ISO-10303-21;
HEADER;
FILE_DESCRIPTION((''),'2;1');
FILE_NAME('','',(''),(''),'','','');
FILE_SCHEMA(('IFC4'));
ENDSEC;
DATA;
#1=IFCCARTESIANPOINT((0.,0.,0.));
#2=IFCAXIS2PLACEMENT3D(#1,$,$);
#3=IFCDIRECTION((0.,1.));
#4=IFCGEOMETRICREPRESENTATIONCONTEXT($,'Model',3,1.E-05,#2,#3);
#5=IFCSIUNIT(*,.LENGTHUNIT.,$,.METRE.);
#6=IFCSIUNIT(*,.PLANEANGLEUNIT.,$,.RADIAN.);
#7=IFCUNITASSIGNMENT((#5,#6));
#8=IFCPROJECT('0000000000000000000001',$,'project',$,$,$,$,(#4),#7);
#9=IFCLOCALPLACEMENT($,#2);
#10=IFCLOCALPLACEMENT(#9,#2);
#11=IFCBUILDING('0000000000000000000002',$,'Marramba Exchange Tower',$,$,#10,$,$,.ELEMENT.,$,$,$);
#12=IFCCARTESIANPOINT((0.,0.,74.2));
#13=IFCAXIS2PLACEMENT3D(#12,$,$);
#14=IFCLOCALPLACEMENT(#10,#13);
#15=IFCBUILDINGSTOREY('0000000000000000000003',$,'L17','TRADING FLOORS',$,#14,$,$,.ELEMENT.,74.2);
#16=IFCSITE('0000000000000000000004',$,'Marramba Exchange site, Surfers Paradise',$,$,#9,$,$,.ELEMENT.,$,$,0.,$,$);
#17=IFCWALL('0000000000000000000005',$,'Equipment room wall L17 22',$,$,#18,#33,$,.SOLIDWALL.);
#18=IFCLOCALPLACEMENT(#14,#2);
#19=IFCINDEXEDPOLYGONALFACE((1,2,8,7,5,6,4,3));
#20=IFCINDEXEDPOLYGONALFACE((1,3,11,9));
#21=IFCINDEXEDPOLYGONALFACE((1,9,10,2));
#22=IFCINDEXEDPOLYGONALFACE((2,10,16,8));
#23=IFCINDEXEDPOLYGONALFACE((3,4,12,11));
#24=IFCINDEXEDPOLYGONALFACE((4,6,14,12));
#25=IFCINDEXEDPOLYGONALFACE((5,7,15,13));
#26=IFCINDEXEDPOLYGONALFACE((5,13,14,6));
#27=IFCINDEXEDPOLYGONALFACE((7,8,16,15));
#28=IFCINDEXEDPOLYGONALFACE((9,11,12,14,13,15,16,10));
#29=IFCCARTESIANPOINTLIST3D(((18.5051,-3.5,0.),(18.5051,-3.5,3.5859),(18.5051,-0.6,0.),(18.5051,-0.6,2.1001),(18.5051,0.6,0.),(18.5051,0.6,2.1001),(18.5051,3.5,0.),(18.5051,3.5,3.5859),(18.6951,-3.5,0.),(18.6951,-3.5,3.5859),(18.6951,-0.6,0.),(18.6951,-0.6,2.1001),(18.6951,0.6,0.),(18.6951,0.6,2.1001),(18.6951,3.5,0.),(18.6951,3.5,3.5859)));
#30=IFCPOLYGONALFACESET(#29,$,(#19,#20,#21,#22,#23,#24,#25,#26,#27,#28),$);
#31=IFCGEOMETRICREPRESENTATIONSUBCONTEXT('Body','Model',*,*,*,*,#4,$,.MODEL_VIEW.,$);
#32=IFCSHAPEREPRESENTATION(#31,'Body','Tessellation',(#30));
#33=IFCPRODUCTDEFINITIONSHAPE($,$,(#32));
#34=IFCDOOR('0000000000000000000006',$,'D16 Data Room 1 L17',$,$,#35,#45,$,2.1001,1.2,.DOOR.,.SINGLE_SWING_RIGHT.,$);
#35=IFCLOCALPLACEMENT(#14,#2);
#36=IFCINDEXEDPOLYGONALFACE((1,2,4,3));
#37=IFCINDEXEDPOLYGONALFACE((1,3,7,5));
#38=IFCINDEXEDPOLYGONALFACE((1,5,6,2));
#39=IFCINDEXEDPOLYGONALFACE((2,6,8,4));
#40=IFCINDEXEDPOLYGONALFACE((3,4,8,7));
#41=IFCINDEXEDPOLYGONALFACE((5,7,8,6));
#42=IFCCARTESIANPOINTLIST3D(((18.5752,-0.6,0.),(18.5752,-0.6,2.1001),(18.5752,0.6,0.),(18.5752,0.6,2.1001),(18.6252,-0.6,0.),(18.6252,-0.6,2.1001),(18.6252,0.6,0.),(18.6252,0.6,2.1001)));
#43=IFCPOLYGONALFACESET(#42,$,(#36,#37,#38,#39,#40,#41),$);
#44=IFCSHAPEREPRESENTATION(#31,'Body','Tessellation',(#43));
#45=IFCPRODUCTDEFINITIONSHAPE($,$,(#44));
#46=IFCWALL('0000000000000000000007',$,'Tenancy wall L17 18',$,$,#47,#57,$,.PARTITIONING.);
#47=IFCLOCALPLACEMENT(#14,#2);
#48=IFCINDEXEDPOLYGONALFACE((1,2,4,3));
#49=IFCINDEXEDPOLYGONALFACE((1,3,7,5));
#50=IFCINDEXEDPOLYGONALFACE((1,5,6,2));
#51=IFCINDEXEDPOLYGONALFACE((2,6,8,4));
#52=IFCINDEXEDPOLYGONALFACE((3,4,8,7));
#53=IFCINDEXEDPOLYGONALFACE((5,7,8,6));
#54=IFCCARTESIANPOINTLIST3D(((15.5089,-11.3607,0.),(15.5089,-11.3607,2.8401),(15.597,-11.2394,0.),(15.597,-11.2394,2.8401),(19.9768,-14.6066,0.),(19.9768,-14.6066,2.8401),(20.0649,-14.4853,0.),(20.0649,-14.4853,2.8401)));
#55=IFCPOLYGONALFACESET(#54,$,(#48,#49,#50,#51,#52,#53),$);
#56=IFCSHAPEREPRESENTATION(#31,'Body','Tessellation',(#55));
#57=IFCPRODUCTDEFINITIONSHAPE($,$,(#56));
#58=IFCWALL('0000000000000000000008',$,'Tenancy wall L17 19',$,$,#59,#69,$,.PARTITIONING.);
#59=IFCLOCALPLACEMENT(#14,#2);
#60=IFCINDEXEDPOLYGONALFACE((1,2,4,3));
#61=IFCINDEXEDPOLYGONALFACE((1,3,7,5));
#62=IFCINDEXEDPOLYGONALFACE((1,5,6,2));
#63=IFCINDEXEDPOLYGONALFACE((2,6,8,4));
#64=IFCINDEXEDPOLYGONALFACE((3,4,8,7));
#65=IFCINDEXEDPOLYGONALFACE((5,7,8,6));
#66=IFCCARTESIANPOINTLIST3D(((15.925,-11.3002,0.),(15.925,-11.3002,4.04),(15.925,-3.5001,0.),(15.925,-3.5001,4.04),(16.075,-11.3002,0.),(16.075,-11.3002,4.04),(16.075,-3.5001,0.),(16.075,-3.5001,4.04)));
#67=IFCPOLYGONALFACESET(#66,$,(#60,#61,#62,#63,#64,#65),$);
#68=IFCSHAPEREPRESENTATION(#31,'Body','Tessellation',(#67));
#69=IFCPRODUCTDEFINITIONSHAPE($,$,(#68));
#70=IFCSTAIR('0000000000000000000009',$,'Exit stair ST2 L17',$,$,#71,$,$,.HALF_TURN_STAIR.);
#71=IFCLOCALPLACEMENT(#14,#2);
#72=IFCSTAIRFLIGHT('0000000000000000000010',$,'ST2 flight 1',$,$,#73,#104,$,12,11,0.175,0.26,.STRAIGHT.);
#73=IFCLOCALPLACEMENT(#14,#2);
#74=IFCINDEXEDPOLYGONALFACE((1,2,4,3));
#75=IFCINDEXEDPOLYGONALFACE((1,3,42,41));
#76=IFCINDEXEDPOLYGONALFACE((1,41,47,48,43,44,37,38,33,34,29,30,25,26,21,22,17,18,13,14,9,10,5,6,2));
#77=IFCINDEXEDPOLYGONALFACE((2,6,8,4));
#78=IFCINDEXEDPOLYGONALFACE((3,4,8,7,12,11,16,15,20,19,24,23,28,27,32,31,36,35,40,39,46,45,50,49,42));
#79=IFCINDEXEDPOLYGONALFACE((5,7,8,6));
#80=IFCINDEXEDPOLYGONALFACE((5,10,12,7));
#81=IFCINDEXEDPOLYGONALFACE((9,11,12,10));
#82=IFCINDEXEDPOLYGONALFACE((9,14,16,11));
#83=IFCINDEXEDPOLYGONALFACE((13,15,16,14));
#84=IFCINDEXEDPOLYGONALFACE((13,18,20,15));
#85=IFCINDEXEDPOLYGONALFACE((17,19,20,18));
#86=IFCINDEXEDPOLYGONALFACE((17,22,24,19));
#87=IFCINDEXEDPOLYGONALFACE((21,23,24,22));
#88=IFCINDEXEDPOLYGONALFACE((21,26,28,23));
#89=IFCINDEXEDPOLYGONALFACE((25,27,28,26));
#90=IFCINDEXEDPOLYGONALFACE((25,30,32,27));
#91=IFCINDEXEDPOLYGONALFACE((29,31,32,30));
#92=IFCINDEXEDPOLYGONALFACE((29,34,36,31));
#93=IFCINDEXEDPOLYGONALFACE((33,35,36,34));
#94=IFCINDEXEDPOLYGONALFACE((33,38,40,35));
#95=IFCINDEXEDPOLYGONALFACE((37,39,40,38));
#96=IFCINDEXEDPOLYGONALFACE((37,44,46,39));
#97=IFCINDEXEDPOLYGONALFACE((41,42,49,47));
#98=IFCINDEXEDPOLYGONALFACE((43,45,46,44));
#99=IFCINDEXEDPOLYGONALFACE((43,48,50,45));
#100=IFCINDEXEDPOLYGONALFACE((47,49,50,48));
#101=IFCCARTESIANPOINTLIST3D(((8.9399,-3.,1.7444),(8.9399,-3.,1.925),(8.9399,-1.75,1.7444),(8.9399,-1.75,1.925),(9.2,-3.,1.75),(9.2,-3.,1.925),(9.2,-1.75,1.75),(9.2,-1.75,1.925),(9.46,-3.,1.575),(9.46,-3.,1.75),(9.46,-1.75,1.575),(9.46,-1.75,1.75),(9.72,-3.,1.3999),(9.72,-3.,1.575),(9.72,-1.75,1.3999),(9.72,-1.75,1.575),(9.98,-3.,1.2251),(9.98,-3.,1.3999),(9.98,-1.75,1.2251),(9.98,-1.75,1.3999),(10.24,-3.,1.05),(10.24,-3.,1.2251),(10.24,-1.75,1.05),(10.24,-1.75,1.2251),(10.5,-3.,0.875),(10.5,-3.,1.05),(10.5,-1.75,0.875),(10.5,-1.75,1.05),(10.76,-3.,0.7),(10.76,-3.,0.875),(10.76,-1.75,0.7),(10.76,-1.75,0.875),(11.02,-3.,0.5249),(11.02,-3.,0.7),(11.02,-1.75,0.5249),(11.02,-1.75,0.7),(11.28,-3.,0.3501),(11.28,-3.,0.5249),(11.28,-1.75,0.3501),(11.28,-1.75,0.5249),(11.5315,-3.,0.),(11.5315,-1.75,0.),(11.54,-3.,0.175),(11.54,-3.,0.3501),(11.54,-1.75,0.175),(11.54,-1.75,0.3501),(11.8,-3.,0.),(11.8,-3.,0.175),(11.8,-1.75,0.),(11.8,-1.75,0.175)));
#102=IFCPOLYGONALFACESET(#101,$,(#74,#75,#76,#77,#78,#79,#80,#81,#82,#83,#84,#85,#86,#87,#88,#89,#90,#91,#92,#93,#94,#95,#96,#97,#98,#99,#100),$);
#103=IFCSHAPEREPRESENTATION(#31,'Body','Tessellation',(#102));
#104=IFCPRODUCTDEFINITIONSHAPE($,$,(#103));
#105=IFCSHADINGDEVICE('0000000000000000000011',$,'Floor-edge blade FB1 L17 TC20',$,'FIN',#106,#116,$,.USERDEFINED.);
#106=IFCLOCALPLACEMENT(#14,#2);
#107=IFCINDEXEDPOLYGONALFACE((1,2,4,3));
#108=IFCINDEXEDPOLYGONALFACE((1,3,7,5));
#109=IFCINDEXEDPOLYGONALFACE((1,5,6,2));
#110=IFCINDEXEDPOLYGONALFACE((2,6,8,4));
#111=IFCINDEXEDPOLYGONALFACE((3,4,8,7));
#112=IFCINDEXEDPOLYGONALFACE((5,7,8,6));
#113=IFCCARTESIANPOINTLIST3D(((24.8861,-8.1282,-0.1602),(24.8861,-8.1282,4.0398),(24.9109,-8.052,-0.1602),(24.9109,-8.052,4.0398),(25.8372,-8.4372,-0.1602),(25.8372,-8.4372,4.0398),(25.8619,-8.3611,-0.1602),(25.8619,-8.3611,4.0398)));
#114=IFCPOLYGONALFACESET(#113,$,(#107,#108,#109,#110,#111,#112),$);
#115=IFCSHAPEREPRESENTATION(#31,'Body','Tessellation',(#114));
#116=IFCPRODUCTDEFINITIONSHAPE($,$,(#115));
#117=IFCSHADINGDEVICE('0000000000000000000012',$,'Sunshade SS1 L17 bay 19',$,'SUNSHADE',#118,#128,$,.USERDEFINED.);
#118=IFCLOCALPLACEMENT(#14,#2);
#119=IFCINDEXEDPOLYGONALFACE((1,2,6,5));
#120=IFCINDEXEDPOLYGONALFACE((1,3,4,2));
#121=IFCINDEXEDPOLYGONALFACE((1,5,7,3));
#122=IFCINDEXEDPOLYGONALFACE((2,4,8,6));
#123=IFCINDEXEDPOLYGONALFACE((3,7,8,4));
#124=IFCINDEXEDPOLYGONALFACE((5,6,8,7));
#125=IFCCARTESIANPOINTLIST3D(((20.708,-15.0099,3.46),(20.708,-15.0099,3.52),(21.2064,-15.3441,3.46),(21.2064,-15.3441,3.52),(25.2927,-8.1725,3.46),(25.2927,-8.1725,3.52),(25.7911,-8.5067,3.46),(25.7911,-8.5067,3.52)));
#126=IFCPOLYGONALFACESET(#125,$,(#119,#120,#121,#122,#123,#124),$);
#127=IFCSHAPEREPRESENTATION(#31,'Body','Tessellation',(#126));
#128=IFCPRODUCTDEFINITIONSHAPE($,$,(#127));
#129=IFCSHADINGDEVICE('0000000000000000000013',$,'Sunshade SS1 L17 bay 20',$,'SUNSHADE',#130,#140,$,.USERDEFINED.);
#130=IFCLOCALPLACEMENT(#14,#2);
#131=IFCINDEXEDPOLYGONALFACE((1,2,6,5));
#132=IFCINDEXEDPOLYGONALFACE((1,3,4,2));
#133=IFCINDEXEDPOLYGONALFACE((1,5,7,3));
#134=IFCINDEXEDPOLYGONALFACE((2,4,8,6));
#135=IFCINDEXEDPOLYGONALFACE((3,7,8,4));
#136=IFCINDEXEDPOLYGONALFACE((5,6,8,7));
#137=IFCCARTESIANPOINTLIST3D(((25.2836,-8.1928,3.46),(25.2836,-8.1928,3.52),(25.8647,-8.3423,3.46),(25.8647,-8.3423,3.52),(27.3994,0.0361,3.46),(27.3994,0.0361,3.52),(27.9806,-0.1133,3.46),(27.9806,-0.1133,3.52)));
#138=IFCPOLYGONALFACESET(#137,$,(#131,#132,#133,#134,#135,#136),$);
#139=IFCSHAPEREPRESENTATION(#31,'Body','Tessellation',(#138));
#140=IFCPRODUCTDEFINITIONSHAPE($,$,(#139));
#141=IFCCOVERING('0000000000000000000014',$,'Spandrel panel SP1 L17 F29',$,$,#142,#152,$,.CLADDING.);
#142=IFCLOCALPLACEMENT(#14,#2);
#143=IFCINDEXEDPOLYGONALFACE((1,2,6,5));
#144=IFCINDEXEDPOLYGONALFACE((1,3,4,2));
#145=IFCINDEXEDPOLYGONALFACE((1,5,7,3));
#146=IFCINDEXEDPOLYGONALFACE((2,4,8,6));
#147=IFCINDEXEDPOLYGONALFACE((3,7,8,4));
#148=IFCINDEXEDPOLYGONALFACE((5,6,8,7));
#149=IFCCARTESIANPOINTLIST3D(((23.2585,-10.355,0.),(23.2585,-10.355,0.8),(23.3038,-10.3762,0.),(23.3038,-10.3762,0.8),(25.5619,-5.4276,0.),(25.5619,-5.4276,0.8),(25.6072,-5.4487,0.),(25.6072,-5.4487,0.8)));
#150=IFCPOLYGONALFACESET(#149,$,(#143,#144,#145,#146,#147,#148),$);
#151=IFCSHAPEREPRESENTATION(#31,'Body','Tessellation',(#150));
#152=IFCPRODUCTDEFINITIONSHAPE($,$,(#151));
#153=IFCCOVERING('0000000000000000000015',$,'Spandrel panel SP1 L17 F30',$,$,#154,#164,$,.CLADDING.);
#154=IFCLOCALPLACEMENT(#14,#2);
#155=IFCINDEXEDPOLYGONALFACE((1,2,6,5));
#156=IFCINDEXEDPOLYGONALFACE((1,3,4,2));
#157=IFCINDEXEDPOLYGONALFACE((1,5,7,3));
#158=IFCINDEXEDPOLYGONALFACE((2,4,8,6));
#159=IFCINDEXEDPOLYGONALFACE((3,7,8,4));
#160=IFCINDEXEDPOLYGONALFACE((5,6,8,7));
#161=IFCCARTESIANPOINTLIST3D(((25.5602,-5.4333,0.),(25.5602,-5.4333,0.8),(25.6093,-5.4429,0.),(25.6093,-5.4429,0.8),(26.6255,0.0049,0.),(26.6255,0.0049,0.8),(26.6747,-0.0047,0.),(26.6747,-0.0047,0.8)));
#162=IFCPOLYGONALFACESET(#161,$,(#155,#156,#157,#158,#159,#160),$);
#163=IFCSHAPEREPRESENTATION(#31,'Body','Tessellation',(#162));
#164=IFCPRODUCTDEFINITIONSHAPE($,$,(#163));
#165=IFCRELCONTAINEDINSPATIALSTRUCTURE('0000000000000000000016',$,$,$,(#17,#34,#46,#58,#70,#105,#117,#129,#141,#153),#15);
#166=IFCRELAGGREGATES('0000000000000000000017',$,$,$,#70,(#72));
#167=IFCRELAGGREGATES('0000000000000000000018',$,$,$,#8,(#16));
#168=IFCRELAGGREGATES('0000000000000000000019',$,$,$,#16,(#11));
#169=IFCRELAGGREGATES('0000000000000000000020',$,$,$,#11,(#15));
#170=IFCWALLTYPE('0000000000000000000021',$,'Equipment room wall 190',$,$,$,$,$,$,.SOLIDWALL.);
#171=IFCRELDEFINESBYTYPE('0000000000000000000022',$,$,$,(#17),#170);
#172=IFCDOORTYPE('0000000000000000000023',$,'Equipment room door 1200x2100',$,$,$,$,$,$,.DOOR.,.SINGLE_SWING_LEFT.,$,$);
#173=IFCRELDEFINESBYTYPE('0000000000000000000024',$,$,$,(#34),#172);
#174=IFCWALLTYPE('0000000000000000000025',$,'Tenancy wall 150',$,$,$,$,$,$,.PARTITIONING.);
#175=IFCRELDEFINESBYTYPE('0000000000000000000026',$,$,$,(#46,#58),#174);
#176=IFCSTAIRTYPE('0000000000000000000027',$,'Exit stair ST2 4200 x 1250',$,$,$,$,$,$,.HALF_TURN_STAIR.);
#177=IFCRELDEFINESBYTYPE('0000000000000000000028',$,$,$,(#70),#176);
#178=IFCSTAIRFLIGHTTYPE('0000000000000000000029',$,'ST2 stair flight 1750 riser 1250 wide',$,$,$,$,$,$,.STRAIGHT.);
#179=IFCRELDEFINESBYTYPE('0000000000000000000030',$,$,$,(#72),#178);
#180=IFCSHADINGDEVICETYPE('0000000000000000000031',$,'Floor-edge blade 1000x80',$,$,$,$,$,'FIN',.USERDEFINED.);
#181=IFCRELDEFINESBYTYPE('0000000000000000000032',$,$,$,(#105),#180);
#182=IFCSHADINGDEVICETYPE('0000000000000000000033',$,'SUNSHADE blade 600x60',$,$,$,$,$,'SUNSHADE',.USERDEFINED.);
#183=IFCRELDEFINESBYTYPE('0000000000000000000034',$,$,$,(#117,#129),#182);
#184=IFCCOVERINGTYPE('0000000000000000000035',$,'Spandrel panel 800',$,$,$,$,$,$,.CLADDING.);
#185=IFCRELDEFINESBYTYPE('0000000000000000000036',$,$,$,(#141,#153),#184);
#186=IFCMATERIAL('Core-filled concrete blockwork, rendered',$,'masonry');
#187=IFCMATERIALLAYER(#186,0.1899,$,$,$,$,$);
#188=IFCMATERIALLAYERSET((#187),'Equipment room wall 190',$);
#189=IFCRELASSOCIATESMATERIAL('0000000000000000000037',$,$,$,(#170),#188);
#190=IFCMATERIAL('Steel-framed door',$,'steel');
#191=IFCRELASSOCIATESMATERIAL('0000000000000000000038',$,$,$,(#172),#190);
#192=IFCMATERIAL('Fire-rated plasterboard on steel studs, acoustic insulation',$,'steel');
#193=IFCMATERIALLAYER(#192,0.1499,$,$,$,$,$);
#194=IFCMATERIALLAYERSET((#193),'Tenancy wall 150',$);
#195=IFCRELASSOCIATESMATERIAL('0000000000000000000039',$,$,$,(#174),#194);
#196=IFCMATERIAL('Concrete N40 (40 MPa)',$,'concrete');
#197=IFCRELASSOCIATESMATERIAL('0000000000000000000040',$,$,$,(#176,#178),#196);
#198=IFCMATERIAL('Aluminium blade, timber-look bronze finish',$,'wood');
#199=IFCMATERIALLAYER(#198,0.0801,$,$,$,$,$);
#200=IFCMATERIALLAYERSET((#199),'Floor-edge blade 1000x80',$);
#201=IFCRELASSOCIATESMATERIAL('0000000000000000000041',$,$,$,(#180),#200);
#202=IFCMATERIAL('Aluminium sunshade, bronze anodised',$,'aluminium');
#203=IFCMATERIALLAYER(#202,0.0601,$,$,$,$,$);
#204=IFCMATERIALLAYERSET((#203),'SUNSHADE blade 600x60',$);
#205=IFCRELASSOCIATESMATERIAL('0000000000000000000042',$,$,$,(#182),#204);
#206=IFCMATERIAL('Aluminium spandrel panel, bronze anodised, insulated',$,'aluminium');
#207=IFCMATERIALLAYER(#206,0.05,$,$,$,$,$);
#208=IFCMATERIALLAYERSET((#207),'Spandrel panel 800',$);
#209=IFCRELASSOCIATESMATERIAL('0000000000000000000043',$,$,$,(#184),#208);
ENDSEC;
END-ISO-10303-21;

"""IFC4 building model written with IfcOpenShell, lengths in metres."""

from ifc_helpers import new_model, si_unit, direction, frame, frame_2d, origin, origin_2d, place, context, subcontext, project, spatial, polyline, rectangle, outline, extrude, material, layer, layer_set, type_object, element, fill, aggregate, save


model = new_model("IFC4")

# Units and contexts
model_context = context("Model", 3, precision=1e-05, world=origin(), true_north=direction((0.0, 1.0)))
body_context = subcontext(model_context, "Body", "Model", "MODEL_VIEW")
ifc_project = project(units=[si_unit("LENGTHUNIT", "METRE"), si_unit("PLANEANGLEUNIT", "RADIAN")], contexts=[model_context])

# Site, building, storey
site_placement = place(None, origin())
site = spatial("IfcSite", under=ifc_project, at=site_placement, Name="Marramba Exchange site, Surfers Paradise", CompositionType="ELEMENT", RefElevation=0.0)
building_placement = place(site_placement, origin())
building = spatial("IfcBuilding", under=site, at=building_placement, Name="Marramba Exchange Tower", CompositionType="ELEMENT")
storey_placement = place(building_placement, frame((0.0, 0.0, 74.2)))
storey = spatial("IfcBuildingStorey", under=building, at=storey_placement, Name="L17", Description="TRADING FLOORS", CompositionType="ELEMENT", Elevation=74.2)

# Shared definitions
ifc_material_1 = material(Name="Steel-framed door", Category="steel")

# Shared definitions
ifc_material_2 = material(Name="Core-filled concrete blockwork, rendered", Category="masonry")
ifc_layer_1 = layer(ifc_material_2, 0.1899)
ifc_layer_set_1 = layer_set([ifc_layer_1], Name="Equipment room wall 190")
wall_type_1 = type_object("IfcWallType", Name="Equipment room wall 190", PredefinedType="SOLIDWALL", material=ifc_layer_set_1)

# Wall, opening, door
wall_1_placement = place(storey_placement, frame((18.6001, -3.5, 0.0), z_axis=(0.0, 0.0, 1.0), x_axis=(0.0, 1.0, 0.0)))
wall_1 = element("IfcWall", 1, at=wall_1_placement, inside=storey, type_object=wall_type_1, Name="Equipment room wall L17 22", PredefinedType="SOLIDWALL", context=body_context, shape_type="SweptSolid", body=[
    extrude(rectangle(XDim=7.0, YDim=0.1899, at=frame_2d((3.5, 0.0))), origin(), (0.0, 0.0, 1.0), 3.5859),
])
opening_1_placement = place(wall_1_placement, frame((2.8999, 0.0, 0.0)))
opening_1 = element("IfcOpeningElement", 2, at=opening_1_placement, cuts=wall_1, PredefinedType="OPENING", context=body_context, shape_type="SweptSolid", body=[
    extrude(rectangle(XDim=1.2, YDim=2.1001, at=frame_2d((0.6001, 1.05))), frame((0.0, 0.105, 0.0), z_axis=(0.0, -1.0, 0.0), x_axis=(1.0, 0.0, 0.0)), (0.0, 0.0, 1.0), 0.21),
])
door_type_1 = type_object("IfcDoorType", Name="Equipment room door 1200x2100", OperationType="SINGLE_SWING_LEFT", PredefinedType="DOOR", material=ifc_material_1)
door_1_placement = place(opening_1_placement, origin())
door_1 = element("IfcDoor", 3, at=door_1_placement, inside=storey, type_object=door_type_1, Name="D16 Data Room 1 L17", OperationType="SINGLE_SWING_RIGHT", OverallHeight=2.1001, OverallWidth=1.2, PredefinedType="DOOR", context=body_context, shape_type="SweptSolid", body=[
    extrude(rectangle(XDim=1.2, YDim=2.1001, at=frame_2d((0.6001, 1.05))), frame((0.0, 0.0249, 0.0), z_axis=(0.0, -1.0, 0.0), x_axis=(1.0, 0.0, 0.0)), (0.0, 0.0, 1.0), 0.05),
])
fill(opening_1, door_1)

# Walls
ifc_material_3 = material(Name="Fire-rated plasterboard on steel studs, acoustic insulation", Category="steel")
ifc_layer_2 = layer(ifc_material_3, 0.1499)
ifc_layer_set_2 = layer_set([ifc_layer_2], Name="Tenancy wall 150")
wall_type_2 = type_object("IfcWallType", Name="Tenancy wall 150", PredefinedType="PARTITIONING", material=ifc_layer_set_2)
wall_2_placement = place(storey_placement, frame((15.553, -11.3, 0.0), z_axis=(0.0, 0.0, 1.0), x_axis=(0.809032, -0.587764, 0.0)))
element("IfcWall", 4, at=wall_2_placement, inside=storey, type_object=wall_type_2, Name="Tenancy wall L17 18", PredefinedType="PARTITIONING", context=body_context, shape_type="SweptSolid", body=[
    extrude(rectangle(XDim=5.5225, YDim=0.1499, at=frame_2d((2.7612, 0.0))), origin(), (0.0, 0.0, 1.0), 2.8401),
])
wall_3_placement = place(storey_placement, frame((16.0, -11.3, 0.0), z_axis=(0.0, 0.0, 1.0), x_axis=(0.0, 1.0, 0.0)))
element("IfcWall", 5, at=wall_3_placement, inside=storey, type_object=wall_type_2, Name="Tenancy wall L17 19", PredefinedType="PARTITIONING", context=body_context, shape_type="SweptSolid", body=[
    extrude(rectangle(XDim=7.8, YDim=0.1499, at=frame_2d((3.8999, 0.0))), origin(), (0.0, 0.0, 1.0), 4.04),
])

# Stair, stair flight
ifc_material_4 = material(Name="Concrete N40 (40 MPa)", Category="concrete")
stair_type = type_object("IfcStairType", Name="Exit stair ST2 4200 x 1250", PredefinedType="HALF_TURN_STAIR", material=ifc_material_4)
stair_placement = place(storey_placement, origin())
stair = element("IfcStair", 6, at=stair_placement, inside=storey, type_object=stair_type, Name="Exit stair ST2 L17", PredefinedType="HALF_TURN_STAIR")
stair_flight_type = type_object("IfcStairFlightType", Name="ST2 stair flight 1750 riser 1250 wide", PredefinedType="STRAIGHT", material=ifc_material_4)
stair_flight_placement = place(storey_placement, frame((11.8, -2.375, 0.0), z_axis=(0.0, 0.0, 1.0), x_axis=(-1.0, 0.0, 0.0)))
stair_flight = element("IfcStairFlight", 7, at=stair_flight_placement, type_object=stair_flight_type, Name="ST2 flight 1", NumberOfRisers=12, NumberOfTreads=11, PredefinedType="STRAIGHT", RiserHeight=0.175, TreadLength=0.26, context=body_context, shape_type="SweptSolid", body=[
    extrude(outline(polyline([(0.0, 0.0), (0.0, 0.175), (0.26, 0.175), (0.26, 0.3501), (0.52, 0.3501), (0.52, 0.5249), (0.78, 0.5249), (0.78, 0.7), (1.04, 0.7), (1.04, 0.875), (1.3, 0.875), (1.3, 1.05), (1.5601, 1.05), (1.5601, 1.2251), (1.8201, 1.2251), (1.8201, 1.3999), (2.0801, 1.3999), (2.0801, 1.575), (2.3401, 1.575), (2.3401, 1.75), (2.6001, 1.75), (2.6001, 1.925), (2.8601, 1.925), (2.8601, 2.1001), (2.8601, 1.7444), (0.2686, 0.0), (0.0, 0.0)])), frame((0.0, 0.625, 0.0), z_axis=(0.0, -1.0, 0.0), x_axis=(1.0, 0.0, 0.0)), (0.0, 0.0, 1.0), 1.25),
])
aggregate(stair, [stair_flight])

# Shading devices
ifc_material_5 = material(Name="Aluminium blade, timber-look bronze finish", Category="wood")
ifc_layer_3 = layer(ifc_material_5, 0.0801)
ifc_layer_set_3 = layer_set([ifc_layer_3], Name="Floor-edge blade 1000x80")
shading_device_type_1 = type_object("IfcShadingDeviceType", Name="Floor-edge blade 1000x80", ElementType="FIN", PredefinedType="USERDEFINED", material=ifc_layer_set_3)
shading_device_1_placement = place(storey_placement, frame((25.374, -8.2446, -0.1602), z_axis=(0.0, 0.0, 1.0), x_axis=(0.951057, -0.309017, 0.0)))
element("IfcShadingDevice", 8, at=shading_device_1_placement, inside=storey, type_object=shading_device_type_1, Name="Floor-edge blade FB1 L17 TC20", ObjectType="FIN", PredefinedType="USERDEFINED", context=body_context, shape_type="SweptSolid", body=[
    extrude(rectangle(XDim=1.0, YDim=0.0801, at=origin_2d()), origin(), (0.0, 0.0, 1.0), 4.2),
])
ifc_material_6 = material(Name="Aluminium sunshade, bronze anodised", Category="aluminium")
ifc_layer_4 = layer(ifc_material_6, 0.0601)
ifc_layer_set_4 = layer_set([ifc_layer_4], Name="SUNSHADE blade 600x60")
shading_device_type_2 = type_object("IfcShadingDeviceType", Name="SUNSHADE blade 600x60", ElementType="SUNSHADE", PredefinedType="USERDEFINED", material=ifc_layer_set_4)
shading_device_2_placement = place(storey_placement, frame((23.2495, -11.7583, 3.46), z_axis=(0.0, 0.0, 1.0), x_axis=(0.556924, 0.830563, 0.0)))
element("IfcShadingDevice", 9, at=shading_device_2_placement, inside=storey, type_object=shading_device_type_2, Name="Sunshade SS1 L17 bay 19", ObjectType="SUNSHADE", PredefinedType="USERDEFINED", context=body_context, shape_type="SweptSolid", body=[
    extrude(rectangle(XDim=8.2322, YDim=0.6001, at=origin_2d()), origin(), (0.0, 0.0, 1.0), 0.0601),
])
shading_device_3_placement = place(storey_placement, frame((26.6321, -4.1531, 3.46), z_axis=(0.0, 0.0, 1.0), x_axis=(0.249025, 0.968497, 0.0)))
element("IfcShadingDevice", 10, at=shading_device_3_placement, inside=storey, type_object=shading_device_type_2, Name="Sunshade SS1 L17 bay 20", ObjectType="SUNSHADE", PredefinedType="USERDEFINED", context=body_context, shape_type="SweptSolid", body=[
    extrude(rectangle(XDim=8.4966, YDim=0.6001, at=origin_2d()), origin(), (0.0, 0.0, 1.0), 0.0601),
])

# Coverings
ifc_material_7 = material(Name="Aluminium spandrel panel, bronze anodised, insulated", Category="aluminium")
ifc_layer_5 = layer(ifc_material_7, 0.05)
ifc_layer_set_5 = layer_set([ifc_layer_5], Name="Spandrel panel 800")
covering_type = type_object("IfcCoveringType", Name="Spandrel panel 800", PredefinedType="CLADDING", material=ifc_layer_set_5)
covering_1_placement = place(storey_placement, frame((24.4329, -7.9019, 0.0), z_axis=(0.0, 0.0, 1.0), x_axis=(0.423477, 0.905907, 0.0)))
element("IfcCovering", 11, at=covering_1_placement, inside=storey, type_object=covering_type, Name="Spandrel panel SP1 L17 F29", PredefinedType="CLADDING", context=body_context, shape_type="SweptSolid", body=[
    extrude(rectangle(XDim=5.4392, YDim=0.05, at=origin_2d()), origin(), (0.0, 0.0, 1.0), 0.8),
])
covering_2_placement = place(storey_placement, frame((26.1174, -2.719, 0.0), z_axis=(0.0, 0.0, 1.0), x_axis=(0.192249, 0.981346, 0.0)))
element("IfcCovering", 12, at=covering_2_placement, inside=storey, type_object=covering_type, Name="Spandrel panel SP1 L17 F30", PredefinedType="CLADDING", context=body_context, shape_type="SweptSolid", body=[
    extrude(rectangle(XDim=5.5415, YDim=0.05, at=origin_2d()), origin(), (0.0, 0.0, 1.0), 0.8),
])

save(model, "model.ifc")
